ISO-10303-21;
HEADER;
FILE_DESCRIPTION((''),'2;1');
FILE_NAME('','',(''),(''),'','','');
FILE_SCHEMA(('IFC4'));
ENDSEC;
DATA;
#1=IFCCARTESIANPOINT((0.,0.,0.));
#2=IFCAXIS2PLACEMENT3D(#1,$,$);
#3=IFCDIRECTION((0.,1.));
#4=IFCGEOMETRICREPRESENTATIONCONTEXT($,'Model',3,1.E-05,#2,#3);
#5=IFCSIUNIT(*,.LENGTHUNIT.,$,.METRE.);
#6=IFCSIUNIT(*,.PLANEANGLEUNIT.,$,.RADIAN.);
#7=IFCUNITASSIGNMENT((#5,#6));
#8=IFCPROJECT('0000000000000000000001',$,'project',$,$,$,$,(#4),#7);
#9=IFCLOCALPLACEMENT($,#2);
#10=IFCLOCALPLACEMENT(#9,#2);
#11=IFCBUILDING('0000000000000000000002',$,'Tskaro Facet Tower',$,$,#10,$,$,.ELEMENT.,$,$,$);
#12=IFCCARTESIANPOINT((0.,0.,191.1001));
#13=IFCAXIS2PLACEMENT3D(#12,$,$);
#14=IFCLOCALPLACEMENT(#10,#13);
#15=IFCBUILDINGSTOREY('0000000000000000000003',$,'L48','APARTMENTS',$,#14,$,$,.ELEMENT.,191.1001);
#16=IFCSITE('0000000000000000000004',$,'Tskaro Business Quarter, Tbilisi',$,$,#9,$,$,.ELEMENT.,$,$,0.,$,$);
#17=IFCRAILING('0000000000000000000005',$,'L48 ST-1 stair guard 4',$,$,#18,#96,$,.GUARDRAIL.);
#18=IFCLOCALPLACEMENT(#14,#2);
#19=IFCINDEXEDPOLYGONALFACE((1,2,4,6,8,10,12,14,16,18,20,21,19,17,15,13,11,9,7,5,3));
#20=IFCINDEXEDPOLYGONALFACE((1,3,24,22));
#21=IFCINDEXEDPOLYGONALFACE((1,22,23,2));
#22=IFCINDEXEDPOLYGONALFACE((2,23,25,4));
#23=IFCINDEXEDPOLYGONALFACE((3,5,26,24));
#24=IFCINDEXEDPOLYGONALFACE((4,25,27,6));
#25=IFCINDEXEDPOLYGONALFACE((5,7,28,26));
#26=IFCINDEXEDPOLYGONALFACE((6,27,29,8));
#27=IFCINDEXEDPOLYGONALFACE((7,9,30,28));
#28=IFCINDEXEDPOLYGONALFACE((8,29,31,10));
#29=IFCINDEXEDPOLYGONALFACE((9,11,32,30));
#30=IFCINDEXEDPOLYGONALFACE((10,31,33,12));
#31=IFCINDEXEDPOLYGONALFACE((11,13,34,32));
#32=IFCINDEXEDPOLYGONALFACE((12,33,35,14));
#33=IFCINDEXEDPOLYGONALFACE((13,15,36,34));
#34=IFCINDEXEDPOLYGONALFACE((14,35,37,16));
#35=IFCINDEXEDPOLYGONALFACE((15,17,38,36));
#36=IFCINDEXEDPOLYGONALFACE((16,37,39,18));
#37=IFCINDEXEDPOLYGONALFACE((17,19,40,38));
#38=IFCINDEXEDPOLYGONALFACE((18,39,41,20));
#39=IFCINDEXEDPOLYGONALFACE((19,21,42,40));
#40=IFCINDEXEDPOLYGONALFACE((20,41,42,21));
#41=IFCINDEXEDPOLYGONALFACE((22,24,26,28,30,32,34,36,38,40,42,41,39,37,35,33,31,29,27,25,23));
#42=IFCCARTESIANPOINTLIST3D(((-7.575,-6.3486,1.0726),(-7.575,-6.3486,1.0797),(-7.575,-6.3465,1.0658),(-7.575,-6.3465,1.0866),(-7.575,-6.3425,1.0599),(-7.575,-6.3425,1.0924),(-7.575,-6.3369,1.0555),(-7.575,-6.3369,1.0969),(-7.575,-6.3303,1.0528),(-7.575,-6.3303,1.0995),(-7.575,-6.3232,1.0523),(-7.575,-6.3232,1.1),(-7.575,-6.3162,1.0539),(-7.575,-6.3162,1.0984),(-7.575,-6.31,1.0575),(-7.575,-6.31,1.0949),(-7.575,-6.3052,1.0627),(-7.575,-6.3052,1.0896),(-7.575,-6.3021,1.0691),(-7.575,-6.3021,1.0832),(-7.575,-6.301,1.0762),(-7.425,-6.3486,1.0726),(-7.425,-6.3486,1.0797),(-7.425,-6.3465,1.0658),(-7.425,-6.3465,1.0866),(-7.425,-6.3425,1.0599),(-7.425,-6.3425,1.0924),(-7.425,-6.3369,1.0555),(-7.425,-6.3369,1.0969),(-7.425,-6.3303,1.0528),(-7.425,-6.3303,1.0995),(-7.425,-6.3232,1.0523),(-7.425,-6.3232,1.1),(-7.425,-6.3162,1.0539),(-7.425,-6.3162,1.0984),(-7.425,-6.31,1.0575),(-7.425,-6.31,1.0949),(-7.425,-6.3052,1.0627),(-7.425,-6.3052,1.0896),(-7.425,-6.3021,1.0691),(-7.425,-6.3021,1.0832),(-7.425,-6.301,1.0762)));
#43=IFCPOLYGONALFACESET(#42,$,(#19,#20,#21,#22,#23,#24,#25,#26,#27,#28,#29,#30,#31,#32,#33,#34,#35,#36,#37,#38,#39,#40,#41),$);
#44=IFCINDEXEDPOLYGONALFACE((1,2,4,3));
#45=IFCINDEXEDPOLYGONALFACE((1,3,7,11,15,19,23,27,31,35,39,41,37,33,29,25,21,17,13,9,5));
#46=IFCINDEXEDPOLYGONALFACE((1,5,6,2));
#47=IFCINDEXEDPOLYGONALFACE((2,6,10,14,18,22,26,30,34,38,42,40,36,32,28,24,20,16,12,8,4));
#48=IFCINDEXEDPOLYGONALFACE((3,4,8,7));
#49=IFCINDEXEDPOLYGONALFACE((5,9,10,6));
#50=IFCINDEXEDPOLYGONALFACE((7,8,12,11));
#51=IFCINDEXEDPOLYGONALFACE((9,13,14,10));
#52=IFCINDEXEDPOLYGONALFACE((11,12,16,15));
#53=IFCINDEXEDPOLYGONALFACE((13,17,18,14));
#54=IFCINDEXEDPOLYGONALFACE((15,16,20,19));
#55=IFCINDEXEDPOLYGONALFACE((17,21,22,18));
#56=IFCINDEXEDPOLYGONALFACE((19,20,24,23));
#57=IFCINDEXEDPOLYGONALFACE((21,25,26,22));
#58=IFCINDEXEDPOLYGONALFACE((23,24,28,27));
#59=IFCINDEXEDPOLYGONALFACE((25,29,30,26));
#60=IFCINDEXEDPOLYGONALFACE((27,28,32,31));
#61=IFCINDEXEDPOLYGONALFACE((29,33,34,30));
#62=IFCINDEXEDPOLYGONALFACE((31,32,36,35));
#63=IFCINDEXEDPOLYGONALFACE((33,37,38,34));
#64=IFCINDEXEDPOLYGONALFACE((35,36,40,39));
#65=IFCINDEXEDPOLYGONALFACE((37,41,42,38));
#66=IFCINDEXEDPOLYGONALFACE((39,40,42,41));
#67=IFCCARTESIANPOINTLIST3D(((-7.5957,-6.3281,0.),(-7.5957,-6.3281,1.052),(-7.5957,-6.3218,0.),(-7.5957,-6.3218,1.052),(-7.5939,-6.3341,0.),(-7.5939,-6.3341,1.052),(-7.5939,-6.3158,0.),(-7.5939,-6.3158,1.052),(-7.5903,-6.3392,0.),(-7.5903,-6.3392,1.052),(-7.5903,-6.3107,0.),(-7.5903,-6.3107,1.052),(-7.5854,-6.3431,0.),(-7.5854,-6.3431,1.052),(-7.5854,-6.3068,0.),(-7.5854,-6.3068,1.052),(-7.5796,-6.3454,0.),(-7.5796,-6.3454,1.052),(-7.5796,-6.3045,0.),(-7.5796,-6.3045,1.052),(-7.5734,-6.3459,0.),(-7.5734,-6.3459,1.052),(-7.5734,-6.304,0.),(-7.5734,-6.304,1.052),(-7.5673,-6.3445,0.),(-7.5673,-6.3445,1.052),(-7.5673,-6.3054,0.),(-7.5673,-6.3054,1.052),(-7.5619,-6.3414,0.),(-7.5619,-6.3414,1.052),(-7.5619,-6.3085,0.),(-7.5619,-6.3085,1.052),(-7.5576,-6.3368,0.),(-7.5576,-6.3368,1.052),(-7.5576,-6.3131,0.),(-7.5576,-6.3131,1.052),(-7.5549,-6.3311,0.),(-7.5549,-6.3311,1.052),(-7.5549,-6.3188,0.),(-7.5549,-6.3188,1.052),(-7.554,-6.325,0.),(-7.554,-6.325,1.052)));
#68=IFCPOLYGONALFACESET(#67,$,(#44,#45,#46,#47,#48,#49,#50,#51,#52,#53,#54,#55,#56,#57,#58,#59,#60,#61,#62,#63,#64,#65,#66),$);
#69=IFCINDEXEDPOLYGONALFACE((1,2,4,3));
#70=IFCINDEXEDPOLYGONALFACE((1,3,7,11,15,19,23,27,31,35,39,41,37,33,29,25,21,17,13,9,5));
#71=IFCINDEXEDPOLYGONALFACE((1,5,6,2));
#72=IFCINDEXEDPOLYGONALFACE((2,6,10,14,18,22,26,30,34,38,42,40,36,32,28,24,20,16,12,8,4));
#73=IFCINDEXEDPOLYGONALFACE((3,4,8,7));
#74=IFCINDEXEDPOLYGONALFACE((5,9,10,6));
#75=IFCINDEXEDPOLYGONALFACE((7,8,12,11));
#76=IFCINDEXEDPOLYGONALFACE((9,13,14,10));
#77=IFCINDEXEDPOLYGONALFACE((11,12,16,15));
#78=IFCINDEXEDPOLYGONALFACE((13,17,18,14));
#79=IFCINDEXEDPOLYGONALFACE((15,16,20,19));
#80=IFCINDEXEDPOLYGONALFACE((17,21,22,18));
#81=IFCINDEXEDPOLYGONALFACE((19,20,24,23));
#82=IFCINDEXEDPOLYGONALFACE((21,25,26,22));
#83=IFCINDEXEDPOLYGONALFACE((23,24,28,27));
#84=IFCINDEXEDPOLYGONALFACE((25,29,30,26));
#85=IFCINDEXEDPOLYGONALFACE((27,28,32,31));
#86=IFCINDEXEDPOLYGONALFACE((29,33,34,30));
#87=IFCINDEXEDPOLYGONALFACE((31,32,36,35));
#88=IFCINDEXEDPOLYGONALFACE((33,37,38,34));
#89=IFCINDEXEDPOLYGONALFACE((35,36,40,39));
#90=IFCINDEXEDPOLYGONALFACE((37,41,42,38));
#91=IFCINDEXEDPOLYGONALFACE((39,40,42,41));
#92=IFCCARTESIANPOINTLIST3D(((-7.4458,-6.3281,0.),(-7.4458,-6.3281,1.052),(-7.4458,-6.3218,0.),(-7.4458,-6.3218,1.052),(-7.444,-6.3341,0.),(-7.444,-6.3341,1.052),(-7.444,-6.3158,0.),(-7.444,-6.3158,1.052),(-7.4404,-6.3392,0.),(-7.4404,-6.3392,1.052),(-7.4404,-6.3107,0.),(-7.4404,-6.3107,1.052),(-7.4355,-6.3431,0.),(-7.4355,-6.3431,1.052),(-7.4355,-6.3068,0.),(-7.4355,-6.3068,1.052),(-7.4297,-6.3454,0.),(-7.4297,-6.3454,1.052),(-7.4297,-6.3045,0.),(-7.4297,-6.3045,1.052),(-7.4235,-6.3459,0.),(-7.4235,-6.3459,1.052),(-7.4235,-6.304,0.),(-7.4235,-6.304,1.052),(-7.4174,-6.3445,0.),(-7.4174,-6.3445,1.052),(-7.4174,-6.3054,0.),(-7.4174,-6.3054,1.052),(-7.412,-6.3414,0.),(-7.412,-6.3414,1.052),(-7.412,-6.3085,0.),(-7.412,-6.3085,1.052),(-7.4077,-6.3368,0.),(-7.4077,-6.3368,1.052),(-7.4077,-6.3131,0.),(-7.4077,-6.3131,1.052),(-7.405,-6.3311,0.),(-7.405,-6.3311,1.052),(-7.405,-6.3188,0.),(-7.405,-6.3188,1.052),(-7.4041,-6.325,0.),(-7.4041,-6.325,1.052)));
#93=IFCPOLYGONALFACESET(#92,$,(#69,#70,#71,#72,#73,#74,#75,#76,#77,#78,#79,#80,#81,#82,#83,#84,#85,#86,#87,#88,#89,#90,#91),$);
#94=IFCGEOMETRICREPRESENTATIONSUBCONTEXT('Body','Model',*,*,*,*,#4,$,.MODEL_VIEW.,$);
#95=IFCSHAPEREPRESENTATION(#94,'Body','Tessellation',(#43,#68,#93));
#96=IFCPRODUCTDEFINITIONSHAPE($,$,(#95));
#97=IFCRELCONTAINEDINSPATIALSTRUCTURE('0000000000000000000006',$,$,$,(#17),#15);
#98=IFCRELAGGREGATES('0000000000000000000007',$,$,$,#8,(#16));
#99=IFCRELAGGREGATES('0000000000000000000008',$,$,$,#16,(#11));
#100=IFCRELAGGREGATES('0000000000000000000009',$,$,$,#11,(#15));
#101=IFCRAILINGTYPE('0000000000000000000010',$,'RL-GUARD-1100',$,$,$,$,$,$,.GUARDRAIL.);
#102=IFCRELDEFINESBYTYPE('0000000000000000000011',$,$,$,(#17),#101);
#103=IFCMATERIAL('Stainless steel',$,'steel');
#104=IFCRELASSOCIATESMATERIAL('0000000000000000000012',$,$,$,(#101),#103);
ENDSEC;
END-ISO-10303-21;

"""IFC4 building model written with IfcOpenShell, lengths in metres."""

from ifc_helpers import new_model, si_unit, direction, frame, origin, origin_2d, place, context, subcontext, project, spatial, circle, extrude, material, type_object, element, save


model = new_model("IFC4")

# Units and contexts
model_context = context("Model", 3, precision=1e-05, world=origin(), true_north=direction((0.0, 1.0)))
body_context = subcontext(model_context, "Body", "Model", "MODEL_VIEW")
ifc_project = project(units=[si_unit("LENGTHUNIT", "METRE"), si_unit("PLANEANGLEUNIT", "RADIAN")], contexts=[model_context])

# Site, building, storey
site_placement = place(None, origin())
site = spatial("IfcSite", under=ifc_project, at=site_placement, Name="Tskaro Business Quarter, Tbilisi", CompositionType="ELEMENT", RefElevation=0.0)
building_placement = place(site_placement, origin())
building = spatial("IfcBuilding", under=site, at=building_placement, Name="Tskaro Facet Tower", CompositionType="ELEMENT")
storey_placement = place(building_placement, frame((0.0, 0.0, 191.1001)))
storey = spatial("IfcBuildingStorey", under=building, at=storey_placement, Name="L48", Description="APARTMENTS", CompositionType="ELEMENT", Elevation=191.1001)

# Shared definitions
ifc_material_1 = material(Name="Stainless steel", Category="steel")

# Railing
railing_type_1 = type_object("IfcRailingType", Name="RL-GUARD-1100", PredefinedType="GUARDRAIL", material=ifc_material_1)
railing_1_placement = place(storey_placement, frame((-7.575, -6.325, 0.0)))
element("IfcRailing", 1, at=railing_1_placement, inside=storey, type_object=railing_type_1, Name="L48 ST-1 stair guard 4", PredefinedType="GUARDRAIL", context=body_context, shape_type="SweptSolid", body=[
    extrude(circle(Radius=0.0239, at=origin_2d()), frame((0.0, 0.0, 1.0762), z_axis=(1.0, 0.0, 0.0), x_axis=(0.0, 1.0, 0.0)), (0.0, 0.0, 1.0), 0.1499),
    extrude(circle(Radius=0.021, at=origin_2d()), origin(), (0.0, 0.0, 1.0), 1.052),
    extrude(circle(Radius=0.021, at=origin_2d()), frame((0.1499, 0.0, 0.0)), (0.0, 0.0, 1.0), 1.052),
])

save(model, "model.ifc")
